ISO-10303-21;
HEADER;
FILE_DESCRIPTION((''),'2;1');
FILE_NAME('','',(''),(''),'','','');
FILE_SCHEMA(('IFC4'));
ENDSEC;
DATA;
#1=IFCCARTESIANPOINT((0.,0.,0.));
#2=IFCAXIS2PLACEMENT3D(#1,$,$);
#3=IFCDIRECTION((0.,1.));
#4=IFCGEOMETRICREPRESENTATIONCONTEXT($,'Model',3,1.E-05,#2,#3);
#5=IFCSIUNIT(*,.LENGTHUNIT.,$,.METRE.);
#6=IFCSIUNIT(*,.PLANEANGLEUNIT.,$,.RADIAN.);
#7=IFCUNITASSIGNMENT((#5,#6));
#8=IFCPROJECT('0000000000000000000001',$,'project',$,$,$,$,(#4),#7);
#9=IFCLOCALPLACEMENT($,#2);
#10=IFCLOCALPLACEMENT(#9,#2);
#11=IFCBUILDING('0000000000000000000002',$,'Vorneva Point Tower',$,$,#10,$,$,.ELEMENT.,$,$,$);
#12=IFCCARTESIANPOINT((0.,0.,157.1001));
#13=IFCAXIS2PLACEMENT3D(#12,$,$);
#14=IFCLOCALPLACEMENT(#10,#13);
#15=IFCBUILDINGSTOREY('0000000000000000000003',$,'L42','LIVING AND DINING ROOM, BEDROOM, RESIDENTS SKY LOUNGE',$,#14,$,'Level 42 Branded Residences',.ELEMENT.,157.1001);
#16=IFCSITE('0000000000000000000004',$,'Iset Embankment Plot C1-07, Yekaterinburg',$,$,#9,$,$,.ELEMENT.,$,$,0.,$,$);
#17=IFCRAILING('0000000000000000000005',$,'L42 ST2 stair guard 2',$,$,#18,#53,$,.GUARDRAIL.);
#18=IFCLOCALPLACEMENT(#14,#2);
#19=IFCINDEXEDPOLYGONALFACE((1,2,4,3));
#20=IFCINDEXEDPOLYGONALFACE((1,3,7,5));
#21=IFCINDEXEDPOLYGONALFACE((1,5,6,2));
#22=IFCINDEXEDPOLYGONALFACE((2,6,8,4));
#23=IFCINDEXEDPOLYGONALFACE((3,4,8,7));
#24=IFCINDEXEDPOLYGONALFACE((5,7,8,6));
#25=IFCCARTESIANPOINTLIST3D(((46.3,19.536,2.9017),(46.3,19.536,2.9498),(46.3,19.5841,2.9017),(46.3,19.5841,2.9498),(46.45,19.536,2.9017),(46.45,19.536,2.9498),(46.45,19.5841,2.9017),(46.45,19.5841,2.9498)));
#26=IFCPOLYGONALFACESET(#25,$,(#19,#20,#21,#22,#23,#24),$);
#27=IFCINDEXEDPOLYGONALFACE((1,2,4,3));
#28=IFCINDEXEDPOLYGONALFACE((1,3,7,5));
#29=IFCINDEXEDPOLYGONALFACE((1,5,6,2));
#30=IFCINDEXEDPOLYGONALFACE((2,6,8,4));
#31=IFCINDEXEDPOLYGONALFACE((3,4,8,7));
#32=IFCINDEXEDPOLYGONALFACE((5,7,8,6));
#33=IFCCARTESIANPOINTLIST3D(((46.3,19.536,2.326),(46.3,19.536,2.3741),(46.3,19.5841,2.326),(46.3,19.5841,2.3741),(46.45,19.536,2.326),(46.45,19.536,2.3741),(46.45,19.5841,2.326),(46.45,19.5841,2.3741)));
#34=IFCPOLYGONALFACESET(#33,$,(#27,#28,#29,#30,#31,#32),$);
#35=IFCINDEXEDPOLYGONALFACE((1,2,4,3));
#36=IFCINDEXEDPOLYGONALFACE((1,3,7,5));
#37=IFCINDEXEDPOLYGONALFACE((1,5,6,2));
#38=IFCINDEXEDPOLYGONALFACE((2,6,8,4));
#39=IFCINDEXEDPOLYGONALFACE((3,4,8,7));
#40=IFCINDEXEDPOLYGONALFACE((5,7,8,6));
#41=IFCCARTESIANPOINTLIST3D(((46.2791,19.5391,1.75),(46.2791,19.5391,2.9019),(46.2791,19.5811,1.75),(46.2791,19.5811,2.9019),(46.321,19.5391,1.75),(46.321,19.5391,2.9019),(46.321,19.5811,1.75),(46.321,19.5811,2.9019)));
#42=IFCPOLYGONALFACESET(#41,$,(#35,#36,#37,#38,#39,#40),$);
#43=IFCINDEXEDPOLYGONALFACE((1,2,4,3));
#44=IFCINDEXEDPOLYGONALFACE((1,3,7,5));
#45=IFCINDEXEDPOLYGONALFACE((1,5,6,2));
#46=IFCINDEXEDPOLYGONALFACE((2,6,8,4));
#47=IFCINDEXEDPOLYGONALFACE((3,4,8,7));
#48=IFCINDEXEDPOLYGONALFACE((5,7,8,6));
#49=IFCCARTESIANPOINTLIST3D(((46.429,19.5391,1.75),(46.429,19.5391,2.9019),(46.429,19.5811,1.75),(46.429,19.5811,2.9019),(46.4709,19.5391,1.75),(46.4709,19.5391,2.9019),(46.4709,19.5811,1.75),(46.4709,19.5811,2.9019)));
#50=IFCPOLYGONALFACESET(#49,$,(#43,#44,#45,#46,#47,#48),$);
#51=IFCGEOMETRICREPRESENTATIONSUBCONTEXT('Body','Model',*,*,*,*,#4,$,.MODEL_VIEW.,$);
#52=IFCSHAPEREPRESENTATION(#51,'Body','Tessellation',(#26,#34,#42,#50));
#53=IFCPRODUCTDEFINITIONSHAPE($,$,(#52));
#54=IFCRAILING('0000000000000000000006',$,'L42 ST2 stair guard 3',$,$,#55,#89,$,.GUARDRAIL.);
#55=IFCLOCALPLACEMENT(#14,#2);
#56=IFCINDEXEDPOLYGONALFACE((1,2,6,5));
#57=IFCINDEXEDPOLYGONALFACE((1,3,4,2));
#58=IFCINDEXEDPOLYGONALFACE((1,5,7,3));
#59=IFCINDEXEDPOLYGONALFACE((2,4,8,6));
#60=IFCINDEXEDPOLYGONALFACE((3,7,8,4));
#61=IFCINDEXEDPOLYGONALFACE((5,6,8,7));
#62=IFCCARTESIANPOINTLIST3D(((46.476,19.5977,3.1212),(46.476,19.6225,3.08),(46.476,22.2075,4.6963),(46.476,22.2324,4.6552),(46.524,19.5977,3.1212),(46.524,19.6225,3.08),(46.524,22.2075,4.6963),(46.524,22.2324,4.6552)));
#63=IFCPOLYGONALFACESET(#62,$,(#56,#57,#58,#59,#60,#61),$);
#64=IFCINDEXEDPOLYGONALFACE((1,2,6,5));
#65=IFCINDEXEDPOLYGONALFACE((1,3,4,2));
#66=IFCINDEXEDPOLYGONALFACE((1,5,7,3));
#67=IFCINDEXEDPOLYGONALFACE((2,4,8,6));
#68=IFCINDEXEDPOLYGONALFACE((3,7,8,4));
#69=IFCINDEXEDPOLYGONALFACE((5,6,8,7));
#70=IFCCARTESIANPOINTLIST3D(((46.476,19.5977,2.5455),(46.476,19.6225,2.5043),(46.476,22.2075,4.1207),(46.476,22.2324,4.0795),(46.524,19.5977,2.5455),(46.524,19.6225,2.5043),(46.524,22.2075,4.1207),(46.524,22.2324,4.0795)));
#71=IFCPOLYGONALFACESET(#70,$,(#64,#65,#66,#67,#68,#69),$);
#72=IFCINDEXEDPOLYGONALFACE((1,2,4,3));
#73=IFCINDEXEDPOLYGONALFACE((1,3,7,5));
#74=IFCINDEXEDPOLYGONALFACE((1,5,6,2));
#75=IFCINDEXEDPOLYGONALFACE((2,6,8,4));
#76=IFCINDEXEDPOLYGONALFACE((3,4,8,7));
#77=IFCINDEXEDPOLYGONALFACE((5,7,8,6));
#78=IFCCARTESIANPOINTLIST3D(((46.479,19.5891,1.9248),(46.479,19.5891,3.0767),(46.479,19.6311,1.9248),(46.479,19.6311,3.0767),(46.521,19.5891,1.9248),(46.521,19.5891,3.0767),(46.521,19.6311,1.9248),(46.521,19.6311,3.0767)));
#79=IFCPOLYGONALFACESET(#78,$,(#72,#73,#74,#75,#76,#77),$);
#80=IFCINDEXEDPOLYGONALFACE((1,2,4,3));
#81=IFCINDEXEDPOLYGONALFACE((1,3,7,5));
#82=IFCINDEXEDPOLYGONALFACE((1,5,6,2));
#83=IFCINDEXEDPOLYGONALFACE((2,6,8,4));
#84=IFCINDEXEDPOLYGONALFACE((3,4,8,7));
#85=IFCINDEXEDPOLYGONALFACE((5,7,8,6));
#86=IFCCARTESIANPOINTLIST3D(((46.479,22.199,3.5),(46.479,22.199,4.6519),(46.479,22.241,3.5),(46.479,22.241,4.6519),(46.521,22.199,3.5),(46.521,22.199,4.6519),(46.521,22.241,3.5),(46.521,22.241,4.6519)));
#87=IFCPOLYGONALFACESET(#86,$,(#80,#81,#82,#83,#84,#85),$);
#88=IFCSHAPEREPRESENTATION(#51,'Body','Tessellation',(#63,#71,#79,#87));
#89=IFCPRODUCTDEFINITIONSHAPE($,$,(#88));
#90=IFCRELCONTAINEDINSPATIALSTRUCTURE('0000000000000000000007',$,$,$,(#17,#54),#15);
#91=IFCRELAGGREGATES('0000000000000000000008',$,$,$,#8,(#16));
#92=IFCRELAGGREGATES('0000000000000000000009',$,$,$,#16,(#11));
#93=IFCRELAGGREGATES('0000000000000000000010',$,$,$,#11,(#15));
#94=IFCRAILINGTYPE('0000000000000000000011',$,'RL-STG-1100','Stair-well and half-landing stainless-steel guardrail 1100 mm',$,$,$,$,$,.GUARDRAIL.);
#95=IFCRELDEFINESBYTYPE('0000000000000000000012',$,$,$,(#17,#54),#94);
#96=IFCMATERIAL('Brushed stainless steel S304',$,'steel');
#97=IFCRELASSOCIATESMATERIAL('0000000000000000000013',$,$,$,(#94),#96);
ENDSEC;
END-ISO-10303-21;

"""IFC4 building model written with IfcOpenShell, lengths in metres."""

from ifc_helpers import new_model, si_unit, direction, frame, origin, origin_2d, place, context, subcontext, project, spatial, rectangle, extrude, material, type_object, element, save


model = new_model("IFC4")

# Units and contexts
model_context = context("Model", 3, precision=1e-05, world=origin(), true_north=direction((0.0, 1.0)))
body_context = subcontext(model_context, "Body", "Model", "MODEL_VIEW")
ifc_project = project(units=[si_unit("LENGTHUNIT", "METRE"), si_unit("PLANEANGLEUNIT", "RADIAN")], contexts=[model_context])

# Site, building, storey
site_placement = place(None, origin())
site = spatial("IfcSite", under=ifc_project, at=site_placement, Name="Iset Embankment Plot C1-07, Yekaterinburg", CompositionType="ELEMENT", RefElevation=0.0)
building_placement = place(site_placement, origin())
building = spatial("IfcBuilding", under=site, at=building_placement, Name="Vorneva Point Tower", CompositionType="ELEMENT")
storey_placement = place(building_placement, frame((0.0, 0.0, 157.1001)))
storey = spatial("IfcBuildingStorey", under=building, at=storey_placement, Name="L42", Description="LIVING AND DINING ROOM, BEDROOM, RESIDENTS SKY LOUNGE", LongName="Level 42 Branded Residences", CompositionType="ELEMENT", Elevation=157.1001)

# Railings
ifc_material_1 = material(Name="Brushed stainless steel S304", Category="steel")
railing_type = type_object("IfcRailingType", Name="RL-STG-1100", Description="Stair-well and half-landing stainless-steel guardrail 1100 mm", PredefinedType="GUARDRAIL", material=ifc_material_1)
railing_1_placement = place(storey_placement, frame((46.3, 19.5601, 1.75)))
element("IfcRailing", 1, at=railing_1_placement, inside=storey, type_object=railing_type, Name="L42 ST2 stair guard 2", PredefinedType="GUARDRAIL", context=body_context, shape_type="SweptSolid", body=[
    extrude(rectangle(XDim=0.0481, YDim=0.0481, at=origin_2d()), frame((0.0, 0.0, 1.1758), z_axis=(1.0, 0.0, 0.0), x_axis=(0.0, 1.0, 0.0)), (0.0, 0.0, 1.0), 0.1499),
    extrude(rectangle(XDim=0.0481, YDim=0.0481, at=origin_2d()), frame((0.0, 0.0, 0.6001), z_axis=(1.0, 0.0, 0.0), x_axis=(0.0, 1.0, 0.0)), (0.0, 0.0, 1.0), 0.1499),
    extrude(rectangle(XDim=0.042, YDim=0.042, at=origin_2d()), origin(), (0.0, 0.0, 1.0), 1.1519),
    extrude(rectangle(XDim=0.042, YDim=0.042, at=origin_2d()), frame((0.1499, 0.0, 0.0)), (0.0, 0.0, 1.0), 1.1519),
])
railing_2_placement = place(storey_placement, frame((46.5, 19.6101, 1.9248)))
element("IfcRailing", 2, at=railing_2_placement, inside=storey, type_object=railing_type, Name="L42 ST2 stair guard 3", PredefinedType="GUARDRAIL", context=body_context, shape_type="SweptSolid", body=[
    extrude(rectangle(XDim=0.0481, YDim=0.0481, at=origin_2d()), frame((0.0, 0.0, 1.1758), z_axis=(0.0, 0.856147, 0.516732), x_axis=(-1.0, 0.0, 0.0)), (0.0, 0.0, 1.0), 3.0483),
    extrude(rectangle(XDim=0.0481, YDim=0.0481, at=origin_2d()), frame((0.0, 0.0, 0.6001), z_axis=(0.0, 0.856147, 0.516732), x_axis=(-1.0, 0.0, 0.0)), (0.0, 0.0, 1.0), 3.0483),
    extrude(rectangle(XDim=0.042, YDim=0.042, at=origin_2d()), origin(), (0.0, 0.0, 1.0), 1.1519),
    extrude(rectangle(XDim=0.042, YDim=0.042, at=origin_2d()), frame((0.0, 2.6099, 1.5752)), (0.0, 0.0, 1.0), 1.1519),
])

save(model, "model.ifc")
